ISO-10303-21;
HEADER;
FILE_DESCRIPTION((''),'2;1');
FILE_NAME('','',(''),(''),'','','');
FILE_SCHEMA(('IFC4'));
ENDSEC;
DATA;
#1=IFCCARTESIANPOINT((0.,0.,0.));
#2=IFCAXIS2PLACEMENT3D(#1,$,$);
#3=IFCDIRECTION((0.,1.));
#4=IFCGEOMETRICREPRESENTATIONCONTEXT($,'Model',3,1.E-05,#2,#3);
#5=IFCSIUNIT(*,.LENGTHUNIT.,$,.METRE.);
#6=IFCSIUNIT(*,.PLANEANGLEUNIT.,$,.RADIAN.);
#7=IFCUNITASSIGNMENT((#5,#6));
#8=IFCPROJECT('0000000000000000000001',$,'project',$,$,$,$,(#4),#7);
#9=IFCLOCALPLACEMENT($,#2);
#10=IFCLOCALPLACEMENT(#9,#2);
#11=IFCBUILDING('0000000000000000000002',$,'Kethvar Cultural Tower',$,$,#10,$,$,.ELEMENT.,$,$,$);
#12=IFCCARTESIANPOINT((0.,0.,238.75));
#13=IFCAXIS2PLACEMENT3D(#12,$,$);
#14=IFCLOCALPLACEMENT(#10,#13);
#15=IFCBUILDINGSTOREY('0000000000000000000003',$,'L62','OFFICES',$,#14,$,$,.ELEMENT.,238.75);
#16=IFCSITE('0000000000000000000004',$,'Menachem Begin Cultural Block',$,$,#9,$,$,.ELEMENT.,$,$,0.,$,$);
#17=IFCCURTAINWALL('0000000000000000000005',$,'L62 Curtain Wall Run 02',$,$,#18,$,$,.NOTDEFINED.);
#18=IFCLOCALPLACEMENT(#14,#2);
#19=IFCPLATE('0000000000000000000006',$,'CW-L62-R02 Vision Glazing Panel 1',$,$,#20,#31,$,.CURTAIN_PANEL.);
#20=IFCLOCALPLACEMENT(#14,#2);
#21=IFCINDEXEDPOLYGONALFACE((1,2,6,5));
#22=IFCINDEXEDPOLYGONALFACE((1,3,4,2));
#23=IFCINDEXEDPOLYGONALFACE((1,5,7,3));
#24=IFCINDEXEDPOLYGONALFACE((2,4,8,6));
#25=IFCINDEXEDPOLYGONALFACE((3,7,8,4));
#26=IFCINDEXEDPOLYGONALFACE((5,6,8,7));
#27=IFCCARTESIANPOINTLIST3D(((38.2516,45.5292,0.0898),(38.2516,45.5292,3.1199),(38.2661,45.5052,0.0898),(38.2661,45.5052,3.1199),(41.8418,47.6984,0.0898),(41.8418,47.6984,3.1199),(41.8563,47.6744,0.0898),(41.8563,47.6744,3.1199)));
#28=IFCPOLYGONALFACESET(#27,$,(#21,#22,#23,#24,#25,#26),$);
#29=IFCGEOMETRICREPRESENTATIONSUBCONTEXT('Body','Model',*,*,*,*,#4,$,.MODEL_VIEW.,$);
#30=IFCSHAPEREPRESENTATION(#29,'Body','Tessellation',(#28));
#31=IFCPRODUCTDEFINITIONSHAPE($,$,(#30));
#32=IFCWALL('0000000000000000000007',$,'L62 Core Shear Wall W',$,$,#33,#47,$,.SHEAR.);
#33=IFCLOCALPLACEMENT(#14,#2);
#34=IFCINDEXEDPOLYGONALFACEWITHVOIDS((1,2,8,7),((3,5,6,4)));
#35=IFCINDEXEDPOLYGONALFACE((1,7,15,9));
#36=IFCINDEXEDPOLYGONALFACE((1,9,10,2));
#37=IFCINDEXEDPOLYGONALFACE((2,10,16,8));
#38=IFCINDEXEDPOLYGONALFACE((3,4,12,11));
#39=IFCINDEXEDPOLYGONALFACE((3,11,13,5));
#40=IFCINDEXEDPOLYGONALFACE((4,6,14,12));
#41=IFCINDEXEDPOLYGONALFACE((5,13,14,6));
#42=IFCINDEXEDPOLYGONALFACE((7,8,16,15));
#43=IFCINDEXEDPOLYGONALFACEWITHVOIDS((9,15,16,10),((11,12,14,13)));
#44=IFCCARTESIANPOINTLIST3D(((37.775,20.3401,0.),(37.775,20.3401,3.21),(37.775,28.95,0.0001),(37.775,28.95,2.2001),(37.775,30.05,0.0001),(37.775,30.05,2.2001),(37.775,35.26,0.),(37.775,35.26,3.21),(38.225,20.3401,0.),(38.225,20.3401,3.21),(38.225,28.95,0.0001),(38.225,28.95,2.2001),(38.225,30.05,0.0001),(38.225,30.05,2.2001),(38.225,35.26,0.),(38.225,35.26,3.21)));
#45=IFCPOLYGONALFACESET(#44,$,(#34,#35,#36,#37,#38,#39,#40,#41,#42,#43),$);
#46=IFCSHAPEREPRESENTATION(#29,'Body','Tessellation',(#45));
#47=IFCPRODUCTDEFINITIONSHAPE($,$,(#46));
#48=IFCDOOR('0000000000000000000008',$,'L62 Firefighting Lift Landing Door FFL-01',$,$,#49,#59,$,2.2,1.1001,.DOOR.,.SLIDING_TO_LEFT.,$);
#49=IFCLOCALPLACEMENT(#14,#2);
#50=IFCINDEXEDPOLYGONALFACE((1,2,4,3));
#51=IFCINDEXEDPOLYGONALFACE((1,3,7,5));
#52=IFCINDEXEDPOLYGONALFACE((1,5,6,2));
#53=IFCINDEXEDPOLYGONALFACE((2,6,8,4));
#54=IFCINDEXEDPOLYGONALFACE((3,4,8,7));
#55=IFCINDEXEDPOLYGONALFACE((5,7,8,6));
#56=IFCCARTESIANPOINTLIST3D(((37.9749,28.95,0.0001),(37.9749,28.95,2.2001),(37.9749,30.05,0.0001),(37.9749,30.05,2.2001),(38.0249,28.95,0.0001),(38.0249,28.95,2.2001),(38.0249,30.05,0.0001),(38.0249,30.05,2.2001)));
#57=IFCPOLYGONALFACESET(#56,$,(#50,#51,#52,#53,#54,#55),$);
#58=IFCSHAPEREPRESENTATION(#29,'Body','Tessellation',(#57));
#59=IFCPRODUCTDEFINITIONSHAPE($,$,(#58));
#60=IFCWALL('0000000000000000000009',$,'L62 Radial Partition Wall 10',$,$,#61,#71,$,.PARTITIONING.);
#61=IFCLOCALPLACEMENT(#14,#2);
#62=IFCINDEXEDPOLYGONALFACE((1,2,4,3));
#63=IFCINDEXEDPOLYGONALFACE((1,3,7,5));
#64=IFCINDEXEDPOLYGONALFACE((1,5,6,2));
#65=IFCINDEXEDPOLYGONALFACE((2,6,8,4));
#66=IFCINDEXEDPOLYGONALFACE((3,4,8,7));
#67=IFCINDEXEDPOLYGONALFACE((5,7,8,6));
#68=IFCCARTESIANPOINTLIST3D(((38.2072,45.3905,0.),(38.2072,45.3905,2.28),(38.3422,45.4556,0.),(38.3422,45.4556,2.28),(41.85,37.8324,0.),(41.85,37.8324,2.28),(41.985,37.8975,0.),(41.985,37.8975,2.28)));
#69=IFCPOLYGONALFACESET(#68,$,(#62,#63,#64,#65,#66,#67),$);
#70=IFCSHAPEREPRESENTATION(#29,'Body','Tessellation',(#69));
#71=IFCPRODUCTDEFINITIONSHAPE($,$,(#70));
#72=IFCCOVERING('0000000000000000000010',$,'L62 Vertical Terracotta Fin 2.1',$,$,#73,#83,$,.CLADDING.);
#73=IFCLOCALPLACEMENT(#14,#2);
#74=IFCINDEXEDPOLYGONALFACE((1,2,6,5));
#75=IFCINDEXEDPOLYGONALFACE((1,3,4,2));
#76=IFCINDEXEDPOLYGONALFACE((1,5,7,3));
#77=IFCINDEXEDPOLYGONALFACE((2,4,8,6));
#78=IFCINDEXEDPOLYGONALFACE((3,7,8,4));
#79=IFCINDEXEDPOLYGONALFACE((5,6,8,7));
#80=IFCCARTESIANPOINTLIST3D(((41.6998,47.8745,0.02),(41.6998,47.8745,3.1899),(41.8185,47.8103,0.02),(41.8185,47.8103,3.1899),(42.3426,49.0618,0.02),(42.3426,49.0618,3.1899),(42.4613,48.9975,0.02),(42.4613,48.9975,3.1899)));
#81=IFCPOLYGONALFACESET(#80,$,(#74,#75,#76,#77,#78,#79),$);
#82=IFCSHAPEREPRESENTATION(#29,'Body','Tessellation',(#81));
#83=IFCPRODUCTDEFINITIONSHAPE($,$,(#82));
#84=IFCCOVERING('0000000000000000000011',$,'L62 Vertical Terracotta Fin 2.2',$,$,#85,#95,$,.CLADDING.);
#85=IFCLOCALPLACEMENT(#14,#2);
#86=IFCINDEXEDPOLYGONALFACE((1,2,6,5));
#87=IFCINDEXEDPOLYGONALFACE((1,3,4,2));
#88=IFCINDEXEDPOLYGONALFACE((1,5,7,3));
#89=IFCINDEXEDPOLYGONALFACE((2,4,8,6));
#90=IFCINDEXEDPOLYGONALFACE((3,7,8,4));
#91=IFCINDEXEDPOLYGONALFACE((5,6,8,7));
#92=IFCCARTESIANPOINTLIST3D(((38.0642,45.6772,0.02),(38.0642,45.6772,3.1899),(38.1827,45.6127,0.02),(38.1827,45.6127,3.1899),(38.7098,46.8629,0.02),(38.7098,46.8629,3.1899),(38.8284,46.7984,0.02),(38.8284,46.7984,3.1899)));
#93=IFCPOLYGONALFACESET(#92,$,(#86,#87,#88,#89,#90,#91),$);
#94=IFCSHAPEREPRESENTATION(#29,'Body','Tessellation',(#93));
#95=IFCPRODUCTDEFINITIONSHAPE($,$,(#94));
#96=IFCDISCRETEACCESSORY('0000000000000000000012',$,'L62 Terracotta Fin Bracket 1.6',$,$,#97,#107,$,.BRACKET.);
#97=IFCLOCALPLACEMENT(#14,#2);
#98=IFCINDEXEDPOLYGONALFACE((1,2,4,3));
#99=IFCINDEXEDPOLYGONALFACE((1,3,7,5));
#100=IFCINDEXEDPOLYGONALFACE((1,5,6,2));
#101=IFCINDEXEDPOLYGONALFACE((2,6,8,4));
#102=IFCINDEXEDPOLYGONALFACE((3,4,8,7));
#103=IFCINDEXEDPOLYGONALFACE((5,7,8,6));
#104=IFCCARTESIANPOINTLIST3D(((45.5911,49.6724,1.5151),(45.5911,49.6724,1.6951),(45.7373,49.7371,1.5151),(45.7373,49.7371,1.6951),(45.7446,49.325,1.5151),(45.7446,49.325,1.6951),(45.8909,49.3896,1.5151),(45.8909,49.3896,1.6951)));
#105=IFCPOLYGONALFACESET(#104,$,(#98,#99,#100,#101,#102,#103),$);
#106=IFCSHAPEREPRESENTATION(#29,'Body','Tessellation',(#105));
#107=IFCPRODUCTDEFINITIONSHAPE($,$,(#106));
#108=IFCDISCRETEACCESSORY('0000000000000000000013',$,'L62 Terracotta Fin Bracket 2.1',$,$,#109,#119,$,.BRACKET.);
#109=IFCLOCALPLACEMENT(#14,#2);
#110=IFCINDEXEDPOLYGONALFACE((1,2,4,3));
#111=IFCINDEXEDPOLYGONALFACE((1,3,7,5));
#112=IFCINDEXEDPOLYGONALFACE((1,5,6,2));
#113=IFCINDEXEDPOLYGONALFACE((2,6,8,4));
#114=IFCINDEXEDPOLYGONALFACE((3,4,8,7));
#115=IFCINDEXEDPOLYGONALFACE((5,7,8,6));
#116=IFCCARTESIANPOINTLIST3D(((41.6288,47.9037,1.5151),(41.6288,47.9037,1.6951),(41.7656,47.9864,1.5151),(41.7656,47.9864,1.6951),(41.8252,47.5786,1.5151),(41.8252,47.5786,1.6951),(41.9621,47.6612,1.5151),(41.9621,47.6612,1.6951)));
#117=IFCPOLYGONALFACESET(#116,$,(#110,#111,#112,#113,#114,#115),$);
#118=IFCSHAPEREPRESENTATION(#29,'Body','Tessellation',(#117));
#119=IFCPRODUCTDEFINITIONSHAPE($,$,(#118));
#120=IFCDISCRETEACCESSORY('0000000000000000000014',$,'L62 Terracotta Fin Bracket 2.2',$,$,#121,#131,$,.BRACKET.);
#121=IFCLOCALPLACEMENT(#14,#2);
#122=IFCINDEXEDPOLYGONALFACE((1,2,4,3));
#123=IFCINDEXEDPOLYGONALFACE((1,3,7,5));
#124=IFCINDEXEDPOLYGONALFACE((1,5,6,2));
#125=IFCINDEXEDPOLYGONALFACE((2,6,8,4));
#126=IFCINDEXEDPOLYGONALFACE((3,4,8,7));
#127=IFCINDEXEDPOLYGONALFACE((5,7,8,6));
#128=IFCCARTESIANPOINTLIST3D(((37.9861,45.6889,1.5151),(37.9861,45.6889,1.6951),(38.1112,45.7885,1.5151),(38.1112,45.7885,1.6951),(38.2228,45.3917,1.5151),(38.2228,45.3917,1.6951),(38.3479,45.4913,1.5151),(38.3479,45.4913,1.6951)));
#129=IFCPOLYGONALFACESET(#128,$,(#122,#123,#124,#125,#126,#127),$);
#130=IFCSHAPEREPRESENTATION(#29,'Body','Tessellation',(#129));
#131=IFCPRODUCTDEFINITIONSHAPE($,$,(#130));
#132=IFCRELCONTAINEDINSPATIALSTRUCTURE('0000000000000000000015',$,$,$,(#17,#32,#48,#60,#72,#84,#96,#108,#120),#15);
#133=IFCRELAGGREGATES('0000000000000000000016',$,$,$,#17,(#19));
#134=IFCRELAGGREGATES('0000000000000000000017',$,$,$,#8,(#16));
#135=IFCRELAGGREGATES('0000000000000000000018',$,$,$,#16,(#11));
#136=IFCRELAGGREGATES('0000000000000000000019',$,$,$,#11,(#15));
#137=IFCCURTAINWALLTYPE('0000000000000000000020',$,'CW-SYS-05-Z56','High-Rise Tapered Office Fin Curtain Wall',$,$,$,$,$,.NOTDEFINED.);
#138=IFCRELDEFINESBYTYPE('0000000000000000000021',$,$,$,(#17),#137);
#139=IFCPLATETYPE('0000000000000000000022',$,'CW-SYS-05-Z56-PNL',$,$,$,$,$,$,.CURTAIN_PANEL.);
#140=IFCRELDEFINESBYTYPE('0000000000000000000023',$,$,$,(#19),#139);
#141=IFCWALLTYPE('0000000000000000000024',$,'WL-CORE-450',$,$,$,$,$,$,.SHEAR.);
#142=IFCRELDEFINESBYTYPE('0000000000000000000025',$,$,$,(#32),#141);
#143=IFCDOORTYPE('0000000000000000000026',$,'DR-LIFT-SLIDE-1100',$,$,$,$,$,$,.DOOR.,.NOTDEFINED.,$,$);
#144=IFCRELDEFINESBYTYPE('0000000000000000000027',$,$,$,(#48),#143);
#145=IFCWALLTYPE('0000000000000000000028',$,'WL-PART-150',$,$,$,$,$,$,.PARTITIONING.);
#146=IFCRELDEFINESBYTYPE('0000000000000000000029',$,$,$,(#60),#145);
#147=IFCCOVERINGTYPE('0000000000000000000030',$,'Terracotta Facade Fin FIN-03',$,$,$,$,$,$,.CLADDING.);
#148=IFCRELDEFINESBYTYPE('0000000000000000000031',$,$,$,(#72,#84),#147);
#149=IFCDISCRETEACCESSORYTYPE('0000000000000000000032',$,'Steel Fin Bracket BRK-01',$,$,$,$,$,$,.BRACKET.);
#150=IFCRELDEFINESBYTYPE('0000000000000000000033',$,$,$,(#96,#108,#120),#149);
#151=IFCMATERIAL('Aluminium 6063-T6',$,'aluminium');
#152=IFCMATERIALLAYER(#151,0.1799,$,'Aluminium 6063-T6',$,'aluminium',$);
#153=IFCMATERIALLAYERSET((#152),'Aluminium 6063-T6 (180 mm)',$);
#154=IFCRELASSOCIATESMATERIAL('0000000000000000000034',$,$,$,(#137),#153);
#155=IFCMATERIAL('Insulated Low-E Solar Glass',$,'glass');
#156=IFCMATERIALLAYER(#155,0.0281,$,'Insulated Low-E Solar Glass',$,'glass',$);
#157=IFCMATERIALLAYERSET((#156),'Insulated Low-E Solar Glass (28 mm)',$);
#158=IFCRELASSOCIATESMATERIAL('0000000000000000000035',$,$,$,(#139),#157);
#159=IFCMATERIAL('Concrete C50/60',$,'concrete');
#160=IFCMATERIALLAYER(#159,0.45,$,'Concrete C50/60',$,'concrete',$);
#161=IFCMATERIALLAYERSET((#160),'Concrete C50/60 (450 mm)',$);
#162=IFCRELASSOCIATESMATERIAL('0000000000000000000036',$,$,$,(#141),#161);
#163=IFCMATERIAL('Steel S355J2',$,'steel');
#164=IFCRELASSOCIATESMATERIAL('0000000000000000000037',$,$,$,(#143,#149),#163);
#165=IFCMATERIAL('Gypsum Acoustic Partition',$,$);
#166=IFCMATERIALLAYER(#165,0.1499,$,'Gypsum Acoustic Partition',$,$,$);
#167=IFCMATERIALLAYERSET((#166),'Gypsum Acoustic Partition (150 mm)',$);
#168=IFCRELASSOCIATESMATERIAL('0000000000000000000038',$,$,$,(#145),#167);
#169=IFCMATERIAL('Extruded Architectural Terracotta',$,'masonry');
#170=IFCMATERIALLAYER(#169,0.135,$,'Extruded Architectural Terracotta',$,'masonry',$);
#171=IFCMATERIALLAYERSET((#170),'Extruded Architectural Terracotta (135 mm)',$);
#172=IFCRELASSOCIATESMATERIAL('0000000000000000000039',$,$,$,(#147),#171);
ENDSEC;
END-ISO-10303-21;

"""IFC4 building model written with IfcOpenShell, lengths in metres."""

from ifc_helpers import new_model, si_unit, direction, frame, frame_2d, origin, origin_2d, place, context, subcontext, project, spatial, rectangle, extrude, source, transform, mapped, material, layer, layer_set, type_object, element, fill, aggregate, save


model = new_model("IFC4")

# Units and contexts
model_context = context("Model", 3, precision=1e-05, world=origin(), true_north=direction((0.0, 1.0)))
body_context = subcontext(model_context, "Body", "Model", "MODEL_VIEW")
ifc_project = project(units=[si_unit("LENGTHUNIT", "METRE"), si_unit("PLANEANGLEUNIT", "RADIAN")], contexts=[model_context])

# Site, building, storey
site_placement = place(None, origin())
site = spatial("IfcSite", under=ifc_project, at=site_placement, Name="Menachem Begin Cultural Block", CompositionType="ELEMENT", RefElevation=0.0)
building_placement = place(site_placement, origin())
building = spatial("IfcBuilding", under=site, at=building_placement, Name="Kethvar Cultural Tower", CompositionType="ELEMENT")
storey_placement = place(building_placement, frame((0.0, 0.0, 238.75)))
storey = spatial("IfcBuildingStorey", under=building, at=storey_placement, Name="L62", Description="OFFICES", CompositionType="ELEMENT", Elevation=238.75)

# Shared definitions
ifc_material_1 = material(Name="Steel S355J2", Category="steel")

# Shared definitions
ifc_material_2 = material(Name="Aluminium 6063-T6", Category="aluminium")
ifc_layer_1 = layer(ifc_material_2, 0.1799, Name="Aluminium 6063-T6", Category="aluminium")
ifc_layer_set_1 = layer_set([ifc_layer_1], Name="Aluminium 6063-T6 (180 mm)")
curtain_wall_type = type_object("IfcCurtainWallType", Name="CW-SYS-05-Z56", Description="High-Rise Tapered Office Fin Curtain Wall", PredefinedType="NOTDEFINED", material=ifc_layer_set_1)

# Curtain wall
curtain_wall_1_placement = place(storey_placement, origin())
curtain_wall_1 = element("IfcCurtainWall", 1, at=curtain_wall_1_placement, inside=storey, type_object=curtain_wall_type, Name="L62 Curtain Wall Run 02", PredefinedType="NOTDEFINED")

# Plate
ifc_material_3 = material(Name="Insulated Low-E Solar Glass", Category="glass")
ifc_layer_2 = layer(ifc_material_3, 0.0281, Name="Insulated Low-E Solar Glass", Category="glass")
ifc_layer_set_2 = layer_set([ifc_layer_2], Name="Insulated Low-E Solar Glass (28 mm)")
plate_type = type_object("IfcPlateType", Name="CW-SYS-05-Z56-PNL", PredefinedType="CURTAIN_PANEL", material=ifc_layer_set_2)
shared_shape_1 = source(origin(), body_context, "Body", "SweptSolid", [
    extrude(rectangle(XDim=4.1946, YDim=0.0281, at=origin_2d()), origin(), (0.0, 0.0, 1.0), 3.03),
])
plate_1_placement = place(storey_placement, frame((40.054, 46.6018, 0.0898), z_axis=(0.0, 0.0, 1.0), x_axis=(-0.855906, -0.517131, 0.0)))
plate_1 = element("IfcPlate", 2, at=plate_1_placement, type_object=plate_type, Name="CW-L62-R02 Vision Glazing Panel 1", PredefinedType="CURTAIN_PANEL", context=body_context, shape_type="MappedRepresentation", body=[
    mapped(shared_shape_1, transform((0.0, 0.0, 0.0), scale=1.0)),
])
aggregate(curtain_wall_1, [plate_1])

# Wall, opening, door
ifc_material_4 = material(Name="Concrete C50/60", Category="concrete")
ifc_layer_3 = layer(ifc_material_4, 0.45, Name="Concrete C50/60", Category="concrete")
ifc_layer_set_3 = layer_set([ifc_layer_3], Name="Concrete C50/60 (450 mm)")
wall_type_1 = type_object("IfcWallType", Name="WL-CORE-450", PredefinedType="SHEAR", material=ifc_layer_set_3)
wall_1_placement = place(storey_placement, frame((38.0, 35.26, 0.0), z_axis=(0.0, 0.0, 1.0), x_axis=(0.0, -1.0, 0.0)))
wall_1 = element("IfcWall", 3, at=wall_1_placement, inside=storey, type_object=wall_type_1, Name="L62 Core Shear Wall W", PredefinedType="SHEAR", context=body_context, shape_type="SweptSolid", body=[
    extrude(rectangle(XDim=14.9199, YDim=0.45, at=frame_2d((7.46, 0.0))), origin(), (0.0, 0.0, 1.0), 3.21),
])
opening_placement = place(wall_1_placement, frame((5.21, 0.0, 0.0)))
opening = element("IfcOpeningElement", 4, at=opening_placement, cuts=wall_1, PredefinedType="OPENING", context=body_context, shape_type="SweptSolid", body=[
    extrude(rectangle(XDim=1.1001, YDim=2.2, at=frame_2d((0.55, 1.1001))), frame((0.0, 0.2349, 0.0), z_axis=(0.0, -1.0, 0.0), x_axis=(1.0, 0.0, 0.0)), (0.0, 0.0, 1.0), 0.47),
])
door_type = type_object("IfcDoorType", Name="DR-LIFT-SLIDE-1100", OperationType="NOTDEFINED", PredefinedType="DOOR", material=ifc_material_1)
shared_shape_2 = source(origin(), body_context, "Body", "SweptSolid", [
    extrude(rectangle(XDim=1.1001, YDim=2.2, at=frame_2d((0.55, 1.1001))), frame((0.0, 0.0249, 0.0), z_axis=(0.0, -1.0, 0.0), x_axis=(1.0, 0.0, 0.0)), (0.0, 0.0, 1.0), 0.05),
])
door_placement = place(opening_placement, origin())
door = element("IfcDoor", 5, at=door_placement, inside=storey, type_object=door_type, Name="L62 Firefighting Lift Landing Door FFL-01", OperationType="SLIDING_TO_LEFT", OverallHeight=2.2, OverallWidth=1.1001, PredefinedType="DOOR", context=body_context, shape_type="MappedRepresentation", body=[
    mapped(shared_shape_2, transform((0.0, 0.0, 0.0), scale=1.0)),
])
fill(opening, door)

# Wall
ifc_material_5 = material(Name="Gypsum Acoustic Partition")
ifc_layer_4 = layer(ifc_material_5, 0.1499, Name="Gypsum Acoustic Partition")
ifc_layer_set_4 = layer_set([ifc_layer_4], Name="Gypsum Acoustic Partition (150 mm)")
wall_type_2 = type_object("IfcWallType", Name="WL-PART-150", PredefinedType="PARTITIONING", material=ifc_layer_set_4)
wall_2_placement = place(storey_placement, frame((41.9175, 37.865, 0.0), z_axis=(0.0, 0.0, 1.0), x_axis=(-0.434177, 0.900828, 0.0)))
element("IfcWall", 6, at=wall_2_placement, inside=storey, type_object=wall_type_2, Name="L62 Radial Partition Wall 10", PredefinedType="PARTITIONING", context=body_context, shape_type="SweptSolid", body=[
    extrude(rectangle(XDim=8.3901, YDim=0.1499, at=frame_2d((4.1951, 0.0))), origin(), (0.0, 0.0, 1.0), 2.28),
])

# Coverings
ifc_material_6 = material(Name="Extruded Architectural Terracotta", Category="masonry")
ifc_layer_5 = layer(ifc_material_6, 0.135, Name="Extruded Architectural Terracotta", Category="masonry")
ifc_layer_set_5 = layer_set([ifc_layer_5], Name="Extruded Architectural Terracotta (135 mm)")
covering_type = type_object("IfcCoveringType", Name="Terracotta Facade Fin FIN-03", PredefinedType="CLADDING", material=ifc_layer_set_5)
shared_shape_3 = source(origin(), body_context, "Body", "SweptSolid", [
    extrude(rectangle(XDim=1.3501, YDim=0.135, at=origin_2d()), origin(), (0.0, 0.0, 1.0), 3.1699),
])
for number, where, z_axis, x_axis, name in (
    (7, (42.0806, 48.436, 0.02), (0.0, 0.0, 1.0), (0.476085, 0.879399, 0.0), "L62 Vertical Terracotta Fin 2.1"),
    (8, (38.4463, 46.2378, 0.02), (0.0, 0.0, 1.0), (0.478232, 0.878233, 0.0), "L62 Vertical Terracotta Fin 2.2"),
):
    element("IfcCovering", number, at=place(storey_placement, frame(where, z_axis=z_axis, x_axis=x_axis)), inside=storey, type_object=covering_type, Name=name, PredefinedType="CLADDING", context=body_context, shape_type="MappedRepresentation", body=[
        mapped(shared_shape_3, transform((0.0, 0.0, 0.0), scale=1.0)),
    ])

# Discrete accessories
discrete_accessory_type = type_object("IfcDiscreteAccessoryType", Name="Steel Fin Bracket BRK-01", PredefinedType="BRACKET", material=ifc_material_1)
shared_shape_4 = source(origin(), body_context, "Body", "SweptSolid", [
    extrude(rectangle(XDim=0.3799, YDim=0.1599, at=origin_2d()), origin(), (0.0, 0.0, 1.0), 0.1799),
])
for number, where, z_axis, x_axis, name in (
    (9, (45.741, 49.531, 1.5151), (0.0, 0.0, 1.0), (-0.404184, 0.914678, 0.0), "L62 Terracotta Fin Bracket 1.6"),
    (10, (41.7954, 47.7825, 1.5151), (0.0, 0.0, 1.0), (-0.517131, 0.855906, 0.0), "L62 Terracotta Fin Bracket 2.1"),
    (11, (38.167, 45.5901, 1.5151), (0.0, 0.0, 1.0), (-0.622924, 0.782282, 0.0), "L62 Terracotta Fin Bracket 2.2"),
):
    element("IfcDiscreteAccessory", number, at=place(storey_placement, frame(where, z_axis=z_axis, x_axis=x_axis)), inside=storey, type_object=discrete_accessory_type, Name=name, PredefinedType="BRACKET", context=body_context, shape_type="MappedRepresentation", body=[
        mapped(shared_shape_4, transform((0.0, 0.0, 0.0), scale=1.0)),
    ])

save(model, "model.ifc")
